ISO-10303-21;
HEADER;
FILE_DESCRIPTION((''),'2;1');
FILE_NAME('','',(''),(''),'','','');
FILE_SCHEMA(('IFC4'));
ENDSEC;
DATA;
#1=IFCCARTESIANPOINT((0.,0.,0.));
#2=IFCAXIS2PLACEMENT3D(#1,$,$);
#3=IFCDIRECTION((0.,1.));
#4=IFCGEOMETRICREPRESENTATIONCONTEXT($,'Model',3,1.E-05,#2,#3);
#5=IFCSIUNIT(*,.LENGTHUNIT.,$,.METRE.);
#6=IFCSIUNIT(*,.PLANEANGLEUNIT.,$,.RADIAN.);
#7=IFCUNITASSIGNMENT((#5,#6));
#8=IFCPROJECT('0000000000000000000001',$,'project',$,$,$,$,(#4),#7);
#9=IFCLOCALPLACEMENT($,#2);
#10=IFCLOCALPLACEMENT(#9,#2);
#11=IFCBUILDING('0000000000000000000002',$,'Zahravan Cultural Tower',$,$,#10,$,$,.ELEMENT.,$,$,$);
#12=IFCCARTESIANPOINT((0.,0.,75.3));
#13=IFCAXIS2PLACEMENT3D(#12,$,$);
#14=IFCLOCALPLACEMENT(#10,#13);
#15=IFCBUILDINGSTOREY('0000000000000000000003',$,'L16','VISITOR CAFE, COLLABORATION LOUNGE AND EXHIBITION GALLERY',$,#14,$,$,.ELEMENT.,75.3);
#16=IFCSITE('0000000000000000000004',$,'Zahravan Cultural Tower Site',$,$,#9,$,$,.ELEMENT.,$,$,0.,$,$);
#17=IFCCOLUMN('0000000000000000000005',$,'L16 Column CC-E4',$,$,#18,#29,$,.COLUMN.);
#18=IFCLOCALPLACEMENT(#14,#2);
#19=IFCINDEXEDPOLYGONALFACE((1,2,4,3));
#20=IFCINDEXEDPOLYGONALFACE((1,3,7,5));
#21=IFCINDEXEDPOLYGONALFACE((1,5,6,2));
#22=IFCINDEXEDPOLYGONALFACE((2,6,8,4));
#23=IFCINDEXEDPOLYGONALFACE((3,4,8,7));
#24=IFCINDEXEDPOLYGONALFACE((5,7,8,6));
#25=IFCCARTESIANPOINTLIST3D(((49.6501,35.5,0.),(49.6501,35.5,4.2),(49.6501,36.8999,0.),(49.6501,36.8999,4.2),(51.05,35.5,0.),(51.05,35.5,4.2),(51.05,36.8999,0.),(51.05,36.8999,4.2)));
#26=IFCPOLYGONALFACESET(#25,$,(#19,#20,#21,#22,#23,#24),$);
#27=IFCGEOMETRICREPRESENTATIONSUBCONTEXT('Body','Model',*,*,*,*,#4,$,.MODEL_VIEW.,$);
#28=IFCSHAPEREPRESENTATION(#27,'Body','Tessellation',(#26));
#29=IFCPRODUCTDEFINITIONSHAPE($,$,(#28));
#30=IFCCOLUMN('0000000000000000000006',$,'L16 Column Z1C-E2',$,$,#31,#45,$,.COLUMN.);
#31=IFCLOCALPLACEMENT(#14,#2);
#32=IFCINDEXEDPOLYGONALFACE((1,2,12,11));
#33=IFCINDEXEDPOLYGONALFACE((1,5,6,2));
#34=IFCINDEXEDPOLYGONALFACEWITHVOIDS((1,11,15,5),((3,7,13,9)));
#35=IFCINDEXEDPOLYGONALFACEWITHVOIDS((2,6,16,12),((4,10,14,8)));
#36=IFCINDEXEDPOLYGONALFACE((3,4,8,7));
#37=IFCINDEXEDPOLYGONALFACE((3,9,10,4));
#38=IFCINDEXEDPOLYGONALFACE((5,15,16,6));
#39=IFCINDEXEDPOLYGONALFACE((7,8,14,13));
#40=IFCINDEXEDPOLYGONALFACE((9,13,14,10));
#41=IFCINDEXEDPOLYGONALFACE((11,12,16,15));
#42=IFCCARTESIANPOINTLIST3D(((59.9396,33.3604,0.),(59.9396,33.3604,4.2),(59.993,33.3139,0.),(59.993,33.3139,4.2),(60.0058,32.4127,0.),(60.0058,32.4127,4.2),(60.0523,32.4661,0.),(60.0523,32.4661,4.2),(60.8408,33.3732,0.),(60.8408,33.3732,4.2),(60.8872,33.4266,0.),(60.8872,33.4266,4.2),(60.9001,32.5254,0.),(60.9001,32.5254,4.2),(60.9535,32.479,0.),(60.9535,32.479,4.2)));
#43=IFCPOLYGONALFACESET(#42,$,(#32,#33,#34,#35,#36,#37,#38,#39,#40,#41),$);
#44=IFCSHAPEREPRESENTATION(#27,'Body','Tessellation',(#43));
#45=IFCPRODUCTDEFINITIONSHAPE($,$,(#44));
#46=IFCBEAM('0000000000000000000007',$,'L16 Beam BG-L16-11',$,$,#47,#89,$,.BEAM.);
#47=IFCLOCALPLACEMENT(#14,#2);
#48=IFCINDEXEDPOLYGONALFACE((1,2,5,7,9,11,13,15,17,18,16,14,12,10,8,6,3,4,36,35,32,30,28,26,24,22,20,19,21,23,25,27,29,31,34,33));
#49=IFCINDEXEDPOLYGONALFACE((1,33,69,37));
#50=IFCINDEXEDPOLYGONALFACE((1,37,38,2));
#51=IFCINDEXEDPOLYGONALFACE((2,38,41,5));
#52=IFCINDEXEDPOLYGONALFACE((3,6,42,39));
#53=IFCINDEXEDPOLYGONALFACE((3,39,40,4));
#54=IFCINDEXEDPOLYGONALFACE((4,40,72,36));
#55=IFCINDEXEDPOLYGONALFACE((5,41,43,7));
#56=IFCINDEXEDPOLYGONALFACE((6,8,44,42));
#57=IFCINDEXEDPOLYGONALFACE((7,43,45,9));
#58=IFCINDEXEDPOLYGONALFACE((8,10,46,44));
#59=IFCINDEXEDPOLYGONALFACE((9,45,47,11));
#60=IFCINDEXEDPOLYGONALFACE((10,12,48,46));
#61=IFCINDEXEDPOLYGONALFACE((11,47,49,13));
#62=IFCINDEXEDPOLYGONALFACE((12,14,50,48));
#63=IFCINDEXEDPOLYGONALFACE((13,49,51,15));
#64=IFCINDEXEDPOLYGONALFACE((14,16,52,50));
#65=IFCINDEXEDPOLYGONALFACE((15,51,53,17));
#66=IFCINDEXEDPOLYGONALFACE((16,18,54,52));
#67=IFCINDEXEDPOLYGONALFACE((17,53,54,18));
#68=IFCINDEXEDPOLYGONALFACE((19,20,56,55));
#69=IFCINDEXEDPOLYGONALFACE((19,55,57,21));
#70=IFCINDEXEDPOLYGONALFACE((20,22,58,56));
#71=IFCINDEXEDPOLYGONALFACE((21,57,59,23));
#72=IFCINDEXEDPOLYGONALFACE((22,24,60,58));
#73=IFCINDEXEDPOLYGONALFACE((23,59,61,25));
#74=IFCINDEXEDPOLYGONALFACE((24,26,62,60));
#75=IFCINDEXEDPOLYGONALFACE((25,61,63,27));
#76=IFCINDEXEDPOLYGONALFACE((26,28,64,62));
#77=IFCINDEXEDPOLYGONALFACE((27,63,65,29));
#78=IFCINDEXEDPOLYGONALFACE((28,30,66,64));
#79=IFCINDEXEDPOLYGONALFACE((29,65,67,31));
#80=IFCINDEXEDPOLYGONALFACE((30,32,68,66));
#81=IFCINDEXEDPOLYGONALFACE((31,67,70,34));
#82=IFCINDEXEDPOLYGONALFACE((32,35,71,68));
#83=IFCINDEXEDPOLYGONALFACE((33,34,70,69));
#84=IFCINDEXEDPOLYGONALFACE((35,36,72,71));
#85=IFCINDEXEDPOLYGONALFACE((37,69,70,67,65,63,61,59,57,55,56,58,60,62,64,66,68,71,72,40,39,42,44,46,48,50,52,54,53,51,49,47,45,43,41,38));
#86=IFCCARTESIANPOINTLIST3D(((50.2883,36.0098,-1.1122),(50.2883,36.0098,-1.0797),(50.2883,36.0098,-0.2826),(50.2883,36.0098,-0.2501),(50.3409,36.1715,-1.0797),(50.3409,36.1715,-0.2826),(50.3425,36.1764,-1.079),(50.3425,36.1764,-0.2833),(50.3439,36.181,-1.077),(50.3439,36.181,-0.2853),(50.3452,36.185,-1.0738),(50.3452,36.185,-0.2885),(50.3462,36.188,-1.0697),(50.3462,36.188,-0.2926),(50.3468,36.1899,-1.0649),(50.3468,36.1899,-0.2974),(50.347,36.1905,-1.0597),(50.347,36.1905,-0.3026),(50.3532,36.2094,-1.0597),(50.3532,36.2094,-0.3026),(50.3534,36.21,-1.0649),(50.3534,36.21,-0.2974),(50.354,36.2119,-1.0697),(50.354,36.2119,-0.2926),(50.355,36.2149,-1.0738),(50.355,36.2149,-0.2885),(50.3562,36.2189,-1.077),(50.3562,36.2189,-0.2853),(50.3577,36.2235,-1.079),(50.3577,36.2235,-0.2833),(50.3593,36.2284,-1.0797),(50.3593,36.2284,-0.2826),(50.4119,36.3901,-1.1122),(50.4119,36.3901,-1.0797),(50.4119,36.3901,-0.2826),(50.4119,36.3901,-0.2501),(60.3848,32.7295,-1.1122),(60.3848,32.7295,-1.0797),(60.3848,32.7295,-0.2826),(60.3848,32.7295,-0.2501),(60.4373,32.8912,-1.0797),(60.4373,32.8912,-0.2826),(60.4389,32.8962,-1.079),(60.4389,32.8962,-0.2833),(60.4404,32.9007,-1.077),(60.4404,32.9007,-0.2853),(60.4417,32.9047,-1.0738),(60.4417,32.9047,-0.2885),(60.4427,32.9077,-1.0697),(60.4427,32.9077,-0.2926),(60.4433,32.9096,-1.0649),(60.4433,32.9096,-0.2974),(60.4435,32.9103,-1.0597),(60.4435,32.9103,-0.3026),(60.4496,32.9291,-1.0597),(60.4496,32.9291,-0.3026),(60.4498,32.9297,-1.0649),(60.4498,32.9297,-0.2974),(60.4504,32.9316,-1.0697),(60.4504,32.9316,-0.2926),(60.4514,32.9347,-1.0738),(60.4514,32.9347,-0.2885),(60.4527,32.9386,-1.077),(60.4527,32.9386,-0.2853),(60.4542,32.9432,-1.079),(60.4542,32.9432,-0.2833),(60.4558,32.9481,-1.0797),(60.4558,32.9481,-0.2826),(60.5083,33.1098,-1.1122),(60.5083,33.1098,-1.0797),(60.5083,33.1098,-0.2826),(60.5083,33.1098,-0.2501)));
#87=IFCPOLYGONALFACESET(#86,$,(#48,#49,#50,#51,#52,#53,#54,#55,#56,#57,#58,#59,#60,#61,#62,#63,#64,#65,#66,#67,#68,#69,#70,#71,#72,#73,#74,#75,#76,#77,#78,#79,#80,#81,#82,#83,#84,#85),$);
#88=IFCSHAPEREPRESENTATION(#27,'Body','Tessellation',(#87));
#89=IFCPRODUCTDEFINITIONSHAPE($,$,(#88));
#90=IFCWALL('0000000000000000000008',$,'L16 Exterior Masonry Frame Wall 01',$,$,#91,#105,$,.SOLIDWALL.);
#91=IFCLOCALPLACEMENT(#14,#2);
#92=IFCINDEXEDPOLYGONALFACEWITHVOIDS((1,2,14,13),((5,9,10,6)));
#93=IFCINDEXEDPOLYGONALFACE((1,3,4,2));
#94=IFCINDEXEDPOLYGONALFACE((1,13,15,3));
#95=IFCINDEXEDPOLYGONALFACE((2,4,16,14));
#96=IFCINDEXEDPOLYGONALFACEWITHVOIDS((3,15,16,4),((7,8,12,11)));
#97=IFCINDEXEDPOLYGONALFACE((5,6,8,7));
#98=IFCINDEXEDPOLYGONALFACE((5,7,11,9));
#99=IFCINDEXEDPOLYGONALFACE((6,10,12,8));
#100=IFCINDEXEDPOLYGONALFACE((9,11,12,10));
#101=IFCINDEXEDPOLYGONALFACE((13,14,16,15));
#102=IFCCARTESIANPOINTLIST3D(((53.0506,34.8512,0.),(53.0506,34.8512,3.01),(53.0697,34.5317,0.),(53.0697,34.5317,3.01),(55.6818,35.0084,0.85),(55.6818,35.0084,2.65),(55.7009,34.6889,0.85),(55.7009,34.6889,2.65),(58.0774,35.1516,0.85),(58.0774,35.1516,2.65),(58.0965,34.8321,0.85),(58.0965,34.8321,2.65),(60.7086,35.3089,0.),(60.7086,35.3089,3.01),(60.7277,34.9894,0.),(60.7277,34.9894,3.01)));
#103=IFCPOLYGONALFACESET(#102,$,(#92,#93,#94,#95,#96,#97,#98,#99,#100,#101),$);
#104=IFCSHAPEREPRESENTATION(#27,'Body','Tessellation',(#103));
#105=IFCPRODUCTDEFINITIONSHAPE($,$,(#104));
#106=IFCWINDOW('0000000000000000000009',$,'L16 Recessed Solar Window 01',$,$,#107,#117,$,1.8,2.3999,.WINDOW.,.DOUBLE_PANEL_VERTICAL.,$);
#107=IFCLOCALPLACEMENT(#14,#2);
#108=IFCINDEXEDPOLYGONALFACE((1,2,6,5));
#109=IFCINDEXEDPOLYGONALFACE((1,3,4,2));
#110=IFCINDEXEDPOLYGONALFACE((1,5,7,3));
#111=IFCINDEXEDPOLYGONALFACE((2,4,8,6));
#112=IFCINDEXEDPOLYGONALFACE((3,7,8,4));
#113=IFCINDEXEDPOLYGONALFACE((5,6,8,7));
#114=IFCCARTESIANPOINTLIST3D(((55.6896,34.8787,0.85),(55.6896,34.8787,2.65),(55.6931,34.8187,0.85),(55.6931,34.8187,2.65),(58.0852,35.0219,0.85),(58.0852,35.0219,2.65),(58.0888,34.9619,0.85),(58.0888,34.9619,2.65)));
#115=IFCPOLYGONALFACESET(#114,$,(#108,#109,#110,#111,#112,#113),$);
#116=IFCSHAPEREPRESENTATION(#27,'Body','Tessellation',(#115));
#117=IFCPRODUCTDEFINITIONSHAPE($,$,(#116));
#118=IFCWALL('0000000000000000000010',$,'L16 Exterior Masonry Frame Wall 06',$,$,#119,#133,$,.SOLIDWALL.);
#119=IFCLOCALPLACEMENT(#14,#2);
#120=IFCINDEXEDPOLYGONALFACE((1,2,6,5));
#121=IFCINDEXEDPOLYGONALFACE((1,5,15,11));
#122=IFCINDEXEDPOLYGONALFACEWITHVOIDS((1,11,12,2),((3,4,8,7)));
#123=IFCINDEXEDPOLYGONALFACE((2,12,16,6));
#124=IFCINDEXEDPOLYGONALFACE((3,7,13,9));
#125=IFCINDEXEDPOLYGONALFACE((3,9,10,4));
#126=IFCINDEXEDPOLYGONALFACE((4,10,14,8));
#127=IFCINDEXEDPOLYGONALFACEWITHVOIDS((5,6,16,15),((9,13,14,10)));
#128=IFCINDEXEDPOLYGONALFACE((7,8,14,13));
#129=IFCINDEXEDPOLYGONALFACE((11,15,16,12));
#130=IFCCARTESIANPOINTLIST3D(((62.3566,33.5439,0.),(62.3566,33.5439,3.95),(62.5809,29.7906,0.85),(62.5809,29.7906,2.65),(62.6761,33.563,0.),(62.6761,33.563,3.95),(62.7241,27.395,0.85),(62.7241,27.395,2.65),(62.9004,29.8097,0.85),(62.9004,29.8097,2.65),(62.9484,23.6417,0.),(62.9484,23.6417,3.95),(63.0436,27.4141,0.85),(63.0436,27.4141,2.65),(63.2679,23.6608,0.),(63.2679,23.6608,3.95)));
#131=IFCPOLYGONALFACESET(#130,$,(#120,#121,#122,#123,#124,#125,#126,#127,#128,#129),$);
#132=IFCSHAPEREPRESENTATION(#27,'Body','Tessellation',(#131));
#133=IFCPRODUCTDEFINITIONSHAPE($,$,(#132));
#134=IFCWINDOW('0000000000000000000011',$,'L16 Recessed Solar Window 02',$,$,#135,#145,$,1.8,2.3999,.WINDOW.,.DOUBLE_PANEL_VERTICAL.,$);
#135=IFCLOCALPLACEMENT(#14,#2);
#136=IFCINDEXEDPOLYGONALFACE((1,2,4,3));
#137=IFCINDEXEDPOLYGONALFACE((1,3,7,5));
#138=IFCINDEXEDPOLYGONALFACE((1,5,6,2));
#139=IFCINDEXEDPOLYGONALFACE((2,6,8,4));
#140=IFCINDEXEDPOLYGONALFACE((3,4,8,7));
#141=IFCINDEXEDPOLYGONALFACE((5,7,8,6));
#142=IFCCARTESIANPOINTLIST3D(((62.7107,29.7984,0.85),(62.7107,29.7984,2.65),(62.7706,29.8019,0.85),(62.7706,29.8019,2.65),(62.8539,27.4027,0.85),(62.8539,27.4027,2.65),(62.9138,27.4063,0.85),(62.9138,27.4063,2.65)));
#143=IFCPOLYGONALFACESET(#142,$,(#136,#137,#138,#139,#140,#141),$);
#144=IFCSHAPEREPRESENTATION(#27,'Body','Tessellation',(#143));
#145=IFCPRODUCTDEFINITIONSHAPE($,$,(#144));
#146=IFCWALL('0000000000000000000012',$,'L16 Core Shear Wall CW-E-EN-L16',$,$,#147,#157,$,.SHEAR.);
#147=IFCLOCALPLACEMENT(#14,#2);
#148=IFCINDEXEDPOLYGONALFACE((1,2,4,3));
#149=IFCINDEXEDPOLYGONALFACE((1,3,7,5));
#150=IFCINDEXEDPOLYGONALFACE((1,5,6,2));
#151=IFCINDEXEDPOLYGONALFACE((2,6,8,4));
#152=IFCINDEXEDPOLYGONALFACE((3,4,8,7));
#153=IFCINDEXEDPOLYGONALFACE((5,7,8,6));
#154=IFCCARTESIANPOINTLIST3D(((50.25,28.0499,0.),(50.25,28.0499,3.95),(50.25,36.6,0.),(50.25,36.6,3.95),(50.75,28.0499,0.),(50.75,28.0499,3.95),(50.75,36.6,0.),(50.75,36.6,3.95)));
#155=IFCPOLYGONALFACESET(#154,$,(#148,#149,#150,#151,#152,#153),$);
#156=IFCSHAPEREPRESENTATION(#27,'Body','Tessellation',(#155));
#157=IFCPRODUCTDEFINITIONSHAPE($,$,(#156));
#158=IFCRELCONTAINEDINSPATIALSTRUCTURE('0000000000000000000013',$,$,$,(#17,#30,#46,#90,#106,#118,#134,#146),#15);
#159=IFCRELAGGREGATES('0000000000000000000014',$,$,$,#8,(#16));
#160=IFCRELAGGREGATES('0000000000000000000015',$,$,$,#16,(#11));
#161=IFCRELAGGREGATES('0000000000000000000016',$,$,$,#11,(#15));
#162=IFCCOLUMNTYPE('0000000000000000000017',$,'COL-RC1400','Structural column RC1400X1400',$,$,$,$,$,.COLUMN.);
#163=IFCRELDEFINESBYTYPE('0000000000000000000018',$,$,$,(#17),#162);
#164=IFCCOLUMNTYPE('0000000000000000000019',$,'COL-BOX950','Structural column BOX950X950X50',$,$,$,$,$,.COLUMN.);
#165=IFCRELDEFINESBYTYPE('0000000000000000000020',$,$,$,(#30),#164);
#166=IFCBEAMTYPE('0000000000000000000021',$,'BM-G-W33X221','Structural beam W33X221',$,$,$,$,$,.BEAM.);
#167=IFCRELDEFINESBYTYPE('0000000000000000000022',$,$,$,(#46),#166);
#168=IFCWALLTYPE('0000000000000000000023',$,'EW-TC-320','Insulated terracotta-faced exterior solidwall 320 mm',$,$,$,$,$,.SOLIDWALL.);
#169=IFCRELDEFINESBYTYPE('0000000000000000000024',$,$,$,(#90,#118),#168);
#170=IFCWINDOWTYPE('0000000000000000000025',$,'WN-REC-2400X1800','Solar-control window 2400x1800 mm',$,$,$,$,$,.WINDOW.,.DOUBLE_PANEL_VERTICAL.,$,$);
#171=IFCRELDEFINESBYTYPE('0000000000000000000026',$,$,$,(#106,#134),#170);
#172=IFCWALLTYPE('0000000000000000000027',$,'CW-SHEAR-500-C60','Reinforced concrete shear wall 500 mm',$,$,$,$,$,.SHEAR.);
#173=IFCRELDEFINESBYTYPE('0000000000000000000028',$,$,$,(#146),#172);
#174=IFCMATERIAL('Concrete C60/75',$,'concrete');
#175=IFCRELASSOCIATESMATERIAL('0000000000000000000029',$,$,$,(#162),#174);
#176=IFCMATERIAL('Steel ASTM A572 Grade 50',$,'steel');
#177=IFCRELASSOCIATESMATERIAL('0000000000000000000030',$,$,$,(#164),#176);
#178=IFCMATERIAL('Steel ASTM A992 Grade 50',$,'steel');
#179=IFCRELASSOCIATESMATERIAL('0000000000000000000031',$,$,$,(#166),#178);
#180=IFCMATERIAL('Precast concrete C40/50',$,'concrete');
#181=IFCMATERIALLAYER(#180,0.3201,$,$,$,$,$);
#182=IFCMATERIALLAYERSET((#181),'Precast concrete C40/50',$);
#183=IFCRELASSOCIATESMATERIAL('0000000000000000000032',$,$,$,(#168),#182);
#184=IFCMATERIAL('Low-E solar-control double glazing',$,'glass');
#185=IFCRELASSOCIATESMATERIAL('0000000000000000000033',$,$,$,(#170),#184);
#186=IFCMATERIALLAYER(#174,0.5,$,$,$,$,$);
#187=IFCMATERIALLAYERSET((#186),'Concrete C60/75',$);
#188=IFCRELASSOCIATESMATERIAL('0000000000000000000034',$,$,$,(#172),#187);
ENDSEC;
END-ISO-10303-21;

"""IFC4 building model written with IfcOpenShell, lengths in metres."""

from ifc_helpers import new_model, si_unit, direction, frame, frame_2d, origin, origin_2d, place, context, subcontext, project, spatial, rectangle, hollow_rectangle, i_section, extrude, source, transform, mapped, material, layer, layer_set, material_profile, profile_set, type_object, element, fill, save


model = new_model("IFC4")

# Units and contexts
model_context = context("Model", 3, precision=1e-05, world=origin(), true_north=direction((0.0, 1.0)))
body_context = subcontext(model_context, "Body", "Model", "MODEL_VIEW")
ifc_project = project(units=[si_unit("LENGTHUNIT", "METRE"), si_unit("PLANEANGLEUNIT", "RADIAN")], contexts=[model_context])

# Site, building, storey
site_placement = place(None, origin())
site = spatial("IfcSite", under=ifc_project, at=site_placement, Name="Zahravan Cultural Tower Site", CompositionType="ELEMENT", RefElevation=0.0)
building_placement = place(site_placement, origin())
building = spatial("IfcBuilding", under=site, at=building_placement, Name="Zahravan Cultural Tower", CompositionType="ELEMENT")
storey_placement = place(building_placement, frame((0.0, 0.0, 75.3)))
storey = spatial("IfcBuildingStorey", under=building, at=storey_placement, Name="L16", Description="VISITOR CAFE, COLLABORATION LOUNGE AND EXHIBITION GALLERY", CompositionType="ELEMENT", Elevation=75.3)

# Columns
ifc_material_1 = material(Name="Concrete C60/75", Category="concrete")
ifc_material_profile_1 = material_profile(ifc_material_1, rectangle(XDim=1.3999, YDim=1.3999, at=origin_2d()), Name="RC1400X1400")
ifc_profile_set_1 = profile_set([ifc_material_profile_1], Name="Concrete C60/75")
column_type_1 = type_object("IfcColumnType", Name="COL-RC1400", Description="Structural column RC1400X1400", PredefinedType="COLUMN", material=ifc_profile_set_1)
shared_shape_1 = source(origin(), body_context, "Body", "SweptSolid", [
    extrude(rectangle(XDim=1.3999, YDim=1.3999, at=origin_2d()), origin(), (0.0, 0.0, 1.0), 4.2),
])
column_1_placement = place(storey_placement, frame((50.3501, 36.2, 0.0), z_axis=(0.0, 0.0, 1.0), x_axis=(1.0, 0.0, 0.0)))
element("IfcColumn", 1, at=column_1_placement, inside=storey, type_object=column_type_1, Name="L16 Column CC-E4", PredefinedType="COLUMN", context=body_context, shape_type="MappedRepresentation", body=[
    mapped(shared_shape_1, transform((0.0, 0.0, 0.0), x_axis=(1.0, 0.0, 0.0), y_axis=(0.0, 1.0, 0.0), z_axis=(0.0, 0.0, 1.0), scale=1.0)),
])
ifc_material_2 = material(Name="Steel ASTM A572 Grade 50", Category="steel")
ifc_material_profile_2 = material_profile(ifc_material_2, hollow_rectangle(XDim=0.95, YDim=0.95, WallThickness=0.05, at=origin_2d()), Name="BOX950X950X50")
ifc_profile_set_2 = profile_set([ifc_material_profile_2], Name="Steel ASTM A572 Grade 50")
column_type_2 = type_object("IfcColumnType", Name="COL-BOX950", Description="Structural column BOX950X950X50", PredefinedType="COLUMN", material=ifc_profile_set_2)
shared_shape_2 = source(origin(), body_context, "Body", "SweptSolid", [
    extrude(hollow_rectangle(XDim=0.95, YDim=0.95, WallThickness=0.05, at=origin_2d()), origin(), (0.0, 0.0, 1.0), 4.2),
])
column_2_placement = place(storey_placement, frame((60.4465, 32.9197, 0.0), z_axis=(0.0, 0.0, 1.0), x_axis=(0.997564, 0.069756, 0.0)))
element("IfcColumn", 2, at=column_2_placement, inside=storey, type_object=column_type_2, Name="L16 Column Z1C-E2", PredefinedType="COLUMN", context=body_context, shape_type="MappedRepresentation", body=[
    mapped(shared_shape_2, transform((0.0, 0.0, 0.0), x_axis=(1.0, 0.0, 0.0), y_axis=(0.0, 1.0, 0.0), z_axis=(0.0, 0.0, 1.0), scale=1.0)),
])

# Beam
ifc_material_3 = material(Name="Steel ASTM A992 Grade 50", Category="steel")
ifc_material_profile_3 = material_profile(ifc_material_3, i_section(OverallWidth=0.3999, OverallDepth=0.8621, WebThickness=0.0198, FlangeThickness=0.0325, FilletRadius=0.02, at=origin_2d()), Name="W33X221")
ifc_profile_set_3 = profile_set([ifc_material_profile_3], Name="Steel ASTM A992 Grade 50")
beam_type = type_object("IfcBeamType", Name="BM-G-W33X221", Description="Structural beam W33X221", PredefinedType="BEAM", material=ifc_profile_set_3)
shared_shape_3 = source(origin(), body_context, "Body", "SweptSolid", [
    extrude(i_section(OverallWidth=0.3999, OverallDepth=0.8621, WebThickness=0.0198, FlangeThickness=0.0325, FilletRadius=0.02, at=origin_2d()), origin(), (0.0, 0.0, 1.0), 10.616),
])
beam_placement = place(storey_placement, frame((50.3501, 36.2, -0.6812), z_axis=(0.951064, -0.308995, 0.0), x_axis=(0.308995, 0.951064, 0.0)))
element("IfcBeam", 3, at=beam_placement, inside=storey, type_object=beam_type, Name="L16 Beam BG-L16-11", PredefinedType="BEAM", context=body_context, shape_type="MappedRepresentation", body=[
    mapped(shared_shape_3, transform((0.0, 0.0, 0.0), x_axis=(1.0, 0.0, 0.0), y_axis=(0.0, 1.0, 0.0), z_axis=(0.0, 0.0, 1.0), scale=1.0)),
])

# Walls, openings, windows
ifc_material_4 = material(Name="Precast concrete C40/50", Category="concrete")
ifc_layer_1 = layer(ifc_material_4, 0.3201)
ifc_layer_set_1 = layer_set([ifc_layer_1], Name="Precast concrete C40/50")
wall_type_1 = type_object("IfcWallType", Name="EW-TC-320", Description="Insulated terracotta-faced exterior solidwall 320 mm", PredefinedType="SOLIDWALL", material=ifc_layer_set_1)
wall_1_placement = place(storey_placement, frame((53.0601, 34.6914, 0.0), z_axis=(0.0, 0.0, 1.0), x_axis=(0.998218, 0.05967, 0.0)))
wall_1 = element("IfcWall", 4, at=wall_1_placement, inside=storey, type_object=wall_type_1, Name="L16 Exterior Masonry Frame Wall 01", PredefinedType="SOLIDWALL", context=body_context, shape_type="SweptSolid", body=[
    extrude(rectangle(XDim=7.6716, YDim=0.3201, at=frame_2d((3.8359, 0.0))), origin(), (0.0, 0.0, 1.0), 3.01),
])
opening_1_placement = place(wall_1_placement, frame((2.636, 0.0, 0.8501)))
opening_1 = element("IfcOpeningElement", 5, at=opening_1_placement, cuts=wall_1, PredefinedType="OPENING", context=body_context, shape_type="SweptSolid", body=[
    extrude(rectangle(XDim=2.3999, YDim=1.8, at=frame_2d((1.2, 0.8999))), frame((0.0, 0.1699, 0.0), z_axis=(0.0, -1.0, 0.0), x_axis=(1.0, 0.0, 0.0)), (0.0, 0.0, 1.0), 0.3401),
])
ifc_material_5 = material(Name="Low-E solar-control double glazing", Category="glass")
window_type = type_object("IfcWindowType", Name="WN-REC-2400X1800", Description="Solar-control window 2400x1800 mm", PartitioningType="DOUBLE_PANEL_VERTICAL", PredefinedType="WINDOW", material=ifc_material_5)
shared_shape_4 = source(origin(), body_context, "Body", "SweptSolid", [
    extrude(rectangle(XDim=2.3999, YDim=1.8, at=frame_2d((1.2, 0.8999))), frame((0.0, 0.03, 0.0), z_axis=(0.0, -1.0, 0.0), x_axis=(1.0, 0.0, 0.0)), (0.0, 0.0, 1.0), 0.0601),
])
window_1_placement = place(opening_1_placement, origin())
window_1 = element("IfcWindow", 6, at=window_1_placement, inside=storey, type_object=window_type, Name="L16 Recessed Solar Window 01", OverallHeight=1.8, OverallWidth=2.3999, PartitioningType="DOUBLE_PANEL_VERTICAL", PredefinedType="WINDOW", context=body_context, shape_type="MappedRepresentation", body=[
    mapped(shared_shape_4, transform((0.0, 0.0, 0.0), x_axis=(1.0, 0.0, 0.0), y_axis=(0.0, 1.0, 0.0), z_axis=(0.0, 0.0, 1.0), scale=1.0)),
])
fill(opening_1, window_1)
wall_2_placement = place(storey_placement, frame((62.5164, 33.5535, 0.0), z_axis=(0.0, 0.0, 1.0), x_axis=(0.059657, -0.998219, 0.0)))
wall_2 = element("IfcWall", 7, at=wall_2_placement, inside=storey, type_object=wall_type_1, Name="L16 Exterior Masonry Frame Wall 06", PredefinedType="SOLIDWALL", context=body_context, shape_type="SweptSolid", body=[
    extrude(rectangle(XDim=9.9199, YDim=0.3201, at=frame_2d((4.96, 0.0))), origin(), (0.0, 0.0, 1.0), 3.95),
])
opening_2_placement = place(wall_2_placement, frame((3.76, 0.0, 0.8501)))
opening_2 = element("IfcOpeningElement", 8, at=opening_2_placement, cuts=wall_2, PredefinedType="OPENING", context=body_context, shape_type="SweptSolid", body=[
    extrude(rectangle(XDim=2.3999, YDim=1.8, at=frame_2d((1.2, 0.8999))), frame((0.0, 0.1699, 0.0), z_axis=(0.0, -1.0, 0.0), x_axis=(1.0, 0.0, 0.0)), (0.0, 0.0, 1.0), 0.3401),
])
window_2_placement = place(opening_2_placement, origin())
window_2 = element("IfcWindow", 9, at=window_2_placement, inside=storey, type_object=window_type, Name="L16 Recessed Solar Window 02", OverallHeight=1.8, OverallWidth=2.3999, PartitioningType="DOUBLE_PANEL_VERTICAL", PredefinedType="WINDOW", context=body_context, shape_type="MappedRepresentation", body=[
    mapped(shared_shape_4, transform((0.0, 0.0, 0.0), x_axis=(1.0, 0.0, 0.0), y_axis=(0.0, 1.0, 0.0), z_axis=(0.0, 0.0, 1.0), scale=1.0)),
])
fill(opening_2, window_2)

# Wall
ifc_layer_2 = layer(ifc_material_1, 0.5)
ifc_layer_set_2 = layer_set([ifc_layer_2], Name="Concrete C60/75")
wall_type_2 = type_object("IfcWallType", Name="CW-SHEAR-500-C60", Description="Reinforced concrete shear wall 500 mm", PredefinedType="SHEAR", material=ifc_layer_set_2)
shared_shape_5 = source(origin(), body_context, "Body", "SweptSolid", [
    extrude(rectangle(XDim=8.55, YDim=0.5, at=frame_2d((4.2749, 0.0))), origin(), (0.0, 0.0, 1.0), 3.95),
])
wall_3_placement = place(storey_placement, frame((50.5, 28.05, 0.0), z_axis=(0.0, 0.0, 1.0), x_axis=(0.0, 1.0, 0.0)))
element("IfcWall", 10, at=wall_3_placement, inside=storey, type_object=wall_type_2, Name="L16 Core Shear Wall CW-E-EN-L16", PredefinedType="SHEAR", context=body_context, shape_type="MappedRepresentation", body=[
    mapped(shared_shape_5, transform((0.0, 0.0, 0.0), x_axis=(1.0, 0.0, 0.0), y_axis=(0.0, 1.0, 0.0), z_axis=(0.0, 0.0, 1.0), scale=1.0)),
])

save(model, "model.ifc")
